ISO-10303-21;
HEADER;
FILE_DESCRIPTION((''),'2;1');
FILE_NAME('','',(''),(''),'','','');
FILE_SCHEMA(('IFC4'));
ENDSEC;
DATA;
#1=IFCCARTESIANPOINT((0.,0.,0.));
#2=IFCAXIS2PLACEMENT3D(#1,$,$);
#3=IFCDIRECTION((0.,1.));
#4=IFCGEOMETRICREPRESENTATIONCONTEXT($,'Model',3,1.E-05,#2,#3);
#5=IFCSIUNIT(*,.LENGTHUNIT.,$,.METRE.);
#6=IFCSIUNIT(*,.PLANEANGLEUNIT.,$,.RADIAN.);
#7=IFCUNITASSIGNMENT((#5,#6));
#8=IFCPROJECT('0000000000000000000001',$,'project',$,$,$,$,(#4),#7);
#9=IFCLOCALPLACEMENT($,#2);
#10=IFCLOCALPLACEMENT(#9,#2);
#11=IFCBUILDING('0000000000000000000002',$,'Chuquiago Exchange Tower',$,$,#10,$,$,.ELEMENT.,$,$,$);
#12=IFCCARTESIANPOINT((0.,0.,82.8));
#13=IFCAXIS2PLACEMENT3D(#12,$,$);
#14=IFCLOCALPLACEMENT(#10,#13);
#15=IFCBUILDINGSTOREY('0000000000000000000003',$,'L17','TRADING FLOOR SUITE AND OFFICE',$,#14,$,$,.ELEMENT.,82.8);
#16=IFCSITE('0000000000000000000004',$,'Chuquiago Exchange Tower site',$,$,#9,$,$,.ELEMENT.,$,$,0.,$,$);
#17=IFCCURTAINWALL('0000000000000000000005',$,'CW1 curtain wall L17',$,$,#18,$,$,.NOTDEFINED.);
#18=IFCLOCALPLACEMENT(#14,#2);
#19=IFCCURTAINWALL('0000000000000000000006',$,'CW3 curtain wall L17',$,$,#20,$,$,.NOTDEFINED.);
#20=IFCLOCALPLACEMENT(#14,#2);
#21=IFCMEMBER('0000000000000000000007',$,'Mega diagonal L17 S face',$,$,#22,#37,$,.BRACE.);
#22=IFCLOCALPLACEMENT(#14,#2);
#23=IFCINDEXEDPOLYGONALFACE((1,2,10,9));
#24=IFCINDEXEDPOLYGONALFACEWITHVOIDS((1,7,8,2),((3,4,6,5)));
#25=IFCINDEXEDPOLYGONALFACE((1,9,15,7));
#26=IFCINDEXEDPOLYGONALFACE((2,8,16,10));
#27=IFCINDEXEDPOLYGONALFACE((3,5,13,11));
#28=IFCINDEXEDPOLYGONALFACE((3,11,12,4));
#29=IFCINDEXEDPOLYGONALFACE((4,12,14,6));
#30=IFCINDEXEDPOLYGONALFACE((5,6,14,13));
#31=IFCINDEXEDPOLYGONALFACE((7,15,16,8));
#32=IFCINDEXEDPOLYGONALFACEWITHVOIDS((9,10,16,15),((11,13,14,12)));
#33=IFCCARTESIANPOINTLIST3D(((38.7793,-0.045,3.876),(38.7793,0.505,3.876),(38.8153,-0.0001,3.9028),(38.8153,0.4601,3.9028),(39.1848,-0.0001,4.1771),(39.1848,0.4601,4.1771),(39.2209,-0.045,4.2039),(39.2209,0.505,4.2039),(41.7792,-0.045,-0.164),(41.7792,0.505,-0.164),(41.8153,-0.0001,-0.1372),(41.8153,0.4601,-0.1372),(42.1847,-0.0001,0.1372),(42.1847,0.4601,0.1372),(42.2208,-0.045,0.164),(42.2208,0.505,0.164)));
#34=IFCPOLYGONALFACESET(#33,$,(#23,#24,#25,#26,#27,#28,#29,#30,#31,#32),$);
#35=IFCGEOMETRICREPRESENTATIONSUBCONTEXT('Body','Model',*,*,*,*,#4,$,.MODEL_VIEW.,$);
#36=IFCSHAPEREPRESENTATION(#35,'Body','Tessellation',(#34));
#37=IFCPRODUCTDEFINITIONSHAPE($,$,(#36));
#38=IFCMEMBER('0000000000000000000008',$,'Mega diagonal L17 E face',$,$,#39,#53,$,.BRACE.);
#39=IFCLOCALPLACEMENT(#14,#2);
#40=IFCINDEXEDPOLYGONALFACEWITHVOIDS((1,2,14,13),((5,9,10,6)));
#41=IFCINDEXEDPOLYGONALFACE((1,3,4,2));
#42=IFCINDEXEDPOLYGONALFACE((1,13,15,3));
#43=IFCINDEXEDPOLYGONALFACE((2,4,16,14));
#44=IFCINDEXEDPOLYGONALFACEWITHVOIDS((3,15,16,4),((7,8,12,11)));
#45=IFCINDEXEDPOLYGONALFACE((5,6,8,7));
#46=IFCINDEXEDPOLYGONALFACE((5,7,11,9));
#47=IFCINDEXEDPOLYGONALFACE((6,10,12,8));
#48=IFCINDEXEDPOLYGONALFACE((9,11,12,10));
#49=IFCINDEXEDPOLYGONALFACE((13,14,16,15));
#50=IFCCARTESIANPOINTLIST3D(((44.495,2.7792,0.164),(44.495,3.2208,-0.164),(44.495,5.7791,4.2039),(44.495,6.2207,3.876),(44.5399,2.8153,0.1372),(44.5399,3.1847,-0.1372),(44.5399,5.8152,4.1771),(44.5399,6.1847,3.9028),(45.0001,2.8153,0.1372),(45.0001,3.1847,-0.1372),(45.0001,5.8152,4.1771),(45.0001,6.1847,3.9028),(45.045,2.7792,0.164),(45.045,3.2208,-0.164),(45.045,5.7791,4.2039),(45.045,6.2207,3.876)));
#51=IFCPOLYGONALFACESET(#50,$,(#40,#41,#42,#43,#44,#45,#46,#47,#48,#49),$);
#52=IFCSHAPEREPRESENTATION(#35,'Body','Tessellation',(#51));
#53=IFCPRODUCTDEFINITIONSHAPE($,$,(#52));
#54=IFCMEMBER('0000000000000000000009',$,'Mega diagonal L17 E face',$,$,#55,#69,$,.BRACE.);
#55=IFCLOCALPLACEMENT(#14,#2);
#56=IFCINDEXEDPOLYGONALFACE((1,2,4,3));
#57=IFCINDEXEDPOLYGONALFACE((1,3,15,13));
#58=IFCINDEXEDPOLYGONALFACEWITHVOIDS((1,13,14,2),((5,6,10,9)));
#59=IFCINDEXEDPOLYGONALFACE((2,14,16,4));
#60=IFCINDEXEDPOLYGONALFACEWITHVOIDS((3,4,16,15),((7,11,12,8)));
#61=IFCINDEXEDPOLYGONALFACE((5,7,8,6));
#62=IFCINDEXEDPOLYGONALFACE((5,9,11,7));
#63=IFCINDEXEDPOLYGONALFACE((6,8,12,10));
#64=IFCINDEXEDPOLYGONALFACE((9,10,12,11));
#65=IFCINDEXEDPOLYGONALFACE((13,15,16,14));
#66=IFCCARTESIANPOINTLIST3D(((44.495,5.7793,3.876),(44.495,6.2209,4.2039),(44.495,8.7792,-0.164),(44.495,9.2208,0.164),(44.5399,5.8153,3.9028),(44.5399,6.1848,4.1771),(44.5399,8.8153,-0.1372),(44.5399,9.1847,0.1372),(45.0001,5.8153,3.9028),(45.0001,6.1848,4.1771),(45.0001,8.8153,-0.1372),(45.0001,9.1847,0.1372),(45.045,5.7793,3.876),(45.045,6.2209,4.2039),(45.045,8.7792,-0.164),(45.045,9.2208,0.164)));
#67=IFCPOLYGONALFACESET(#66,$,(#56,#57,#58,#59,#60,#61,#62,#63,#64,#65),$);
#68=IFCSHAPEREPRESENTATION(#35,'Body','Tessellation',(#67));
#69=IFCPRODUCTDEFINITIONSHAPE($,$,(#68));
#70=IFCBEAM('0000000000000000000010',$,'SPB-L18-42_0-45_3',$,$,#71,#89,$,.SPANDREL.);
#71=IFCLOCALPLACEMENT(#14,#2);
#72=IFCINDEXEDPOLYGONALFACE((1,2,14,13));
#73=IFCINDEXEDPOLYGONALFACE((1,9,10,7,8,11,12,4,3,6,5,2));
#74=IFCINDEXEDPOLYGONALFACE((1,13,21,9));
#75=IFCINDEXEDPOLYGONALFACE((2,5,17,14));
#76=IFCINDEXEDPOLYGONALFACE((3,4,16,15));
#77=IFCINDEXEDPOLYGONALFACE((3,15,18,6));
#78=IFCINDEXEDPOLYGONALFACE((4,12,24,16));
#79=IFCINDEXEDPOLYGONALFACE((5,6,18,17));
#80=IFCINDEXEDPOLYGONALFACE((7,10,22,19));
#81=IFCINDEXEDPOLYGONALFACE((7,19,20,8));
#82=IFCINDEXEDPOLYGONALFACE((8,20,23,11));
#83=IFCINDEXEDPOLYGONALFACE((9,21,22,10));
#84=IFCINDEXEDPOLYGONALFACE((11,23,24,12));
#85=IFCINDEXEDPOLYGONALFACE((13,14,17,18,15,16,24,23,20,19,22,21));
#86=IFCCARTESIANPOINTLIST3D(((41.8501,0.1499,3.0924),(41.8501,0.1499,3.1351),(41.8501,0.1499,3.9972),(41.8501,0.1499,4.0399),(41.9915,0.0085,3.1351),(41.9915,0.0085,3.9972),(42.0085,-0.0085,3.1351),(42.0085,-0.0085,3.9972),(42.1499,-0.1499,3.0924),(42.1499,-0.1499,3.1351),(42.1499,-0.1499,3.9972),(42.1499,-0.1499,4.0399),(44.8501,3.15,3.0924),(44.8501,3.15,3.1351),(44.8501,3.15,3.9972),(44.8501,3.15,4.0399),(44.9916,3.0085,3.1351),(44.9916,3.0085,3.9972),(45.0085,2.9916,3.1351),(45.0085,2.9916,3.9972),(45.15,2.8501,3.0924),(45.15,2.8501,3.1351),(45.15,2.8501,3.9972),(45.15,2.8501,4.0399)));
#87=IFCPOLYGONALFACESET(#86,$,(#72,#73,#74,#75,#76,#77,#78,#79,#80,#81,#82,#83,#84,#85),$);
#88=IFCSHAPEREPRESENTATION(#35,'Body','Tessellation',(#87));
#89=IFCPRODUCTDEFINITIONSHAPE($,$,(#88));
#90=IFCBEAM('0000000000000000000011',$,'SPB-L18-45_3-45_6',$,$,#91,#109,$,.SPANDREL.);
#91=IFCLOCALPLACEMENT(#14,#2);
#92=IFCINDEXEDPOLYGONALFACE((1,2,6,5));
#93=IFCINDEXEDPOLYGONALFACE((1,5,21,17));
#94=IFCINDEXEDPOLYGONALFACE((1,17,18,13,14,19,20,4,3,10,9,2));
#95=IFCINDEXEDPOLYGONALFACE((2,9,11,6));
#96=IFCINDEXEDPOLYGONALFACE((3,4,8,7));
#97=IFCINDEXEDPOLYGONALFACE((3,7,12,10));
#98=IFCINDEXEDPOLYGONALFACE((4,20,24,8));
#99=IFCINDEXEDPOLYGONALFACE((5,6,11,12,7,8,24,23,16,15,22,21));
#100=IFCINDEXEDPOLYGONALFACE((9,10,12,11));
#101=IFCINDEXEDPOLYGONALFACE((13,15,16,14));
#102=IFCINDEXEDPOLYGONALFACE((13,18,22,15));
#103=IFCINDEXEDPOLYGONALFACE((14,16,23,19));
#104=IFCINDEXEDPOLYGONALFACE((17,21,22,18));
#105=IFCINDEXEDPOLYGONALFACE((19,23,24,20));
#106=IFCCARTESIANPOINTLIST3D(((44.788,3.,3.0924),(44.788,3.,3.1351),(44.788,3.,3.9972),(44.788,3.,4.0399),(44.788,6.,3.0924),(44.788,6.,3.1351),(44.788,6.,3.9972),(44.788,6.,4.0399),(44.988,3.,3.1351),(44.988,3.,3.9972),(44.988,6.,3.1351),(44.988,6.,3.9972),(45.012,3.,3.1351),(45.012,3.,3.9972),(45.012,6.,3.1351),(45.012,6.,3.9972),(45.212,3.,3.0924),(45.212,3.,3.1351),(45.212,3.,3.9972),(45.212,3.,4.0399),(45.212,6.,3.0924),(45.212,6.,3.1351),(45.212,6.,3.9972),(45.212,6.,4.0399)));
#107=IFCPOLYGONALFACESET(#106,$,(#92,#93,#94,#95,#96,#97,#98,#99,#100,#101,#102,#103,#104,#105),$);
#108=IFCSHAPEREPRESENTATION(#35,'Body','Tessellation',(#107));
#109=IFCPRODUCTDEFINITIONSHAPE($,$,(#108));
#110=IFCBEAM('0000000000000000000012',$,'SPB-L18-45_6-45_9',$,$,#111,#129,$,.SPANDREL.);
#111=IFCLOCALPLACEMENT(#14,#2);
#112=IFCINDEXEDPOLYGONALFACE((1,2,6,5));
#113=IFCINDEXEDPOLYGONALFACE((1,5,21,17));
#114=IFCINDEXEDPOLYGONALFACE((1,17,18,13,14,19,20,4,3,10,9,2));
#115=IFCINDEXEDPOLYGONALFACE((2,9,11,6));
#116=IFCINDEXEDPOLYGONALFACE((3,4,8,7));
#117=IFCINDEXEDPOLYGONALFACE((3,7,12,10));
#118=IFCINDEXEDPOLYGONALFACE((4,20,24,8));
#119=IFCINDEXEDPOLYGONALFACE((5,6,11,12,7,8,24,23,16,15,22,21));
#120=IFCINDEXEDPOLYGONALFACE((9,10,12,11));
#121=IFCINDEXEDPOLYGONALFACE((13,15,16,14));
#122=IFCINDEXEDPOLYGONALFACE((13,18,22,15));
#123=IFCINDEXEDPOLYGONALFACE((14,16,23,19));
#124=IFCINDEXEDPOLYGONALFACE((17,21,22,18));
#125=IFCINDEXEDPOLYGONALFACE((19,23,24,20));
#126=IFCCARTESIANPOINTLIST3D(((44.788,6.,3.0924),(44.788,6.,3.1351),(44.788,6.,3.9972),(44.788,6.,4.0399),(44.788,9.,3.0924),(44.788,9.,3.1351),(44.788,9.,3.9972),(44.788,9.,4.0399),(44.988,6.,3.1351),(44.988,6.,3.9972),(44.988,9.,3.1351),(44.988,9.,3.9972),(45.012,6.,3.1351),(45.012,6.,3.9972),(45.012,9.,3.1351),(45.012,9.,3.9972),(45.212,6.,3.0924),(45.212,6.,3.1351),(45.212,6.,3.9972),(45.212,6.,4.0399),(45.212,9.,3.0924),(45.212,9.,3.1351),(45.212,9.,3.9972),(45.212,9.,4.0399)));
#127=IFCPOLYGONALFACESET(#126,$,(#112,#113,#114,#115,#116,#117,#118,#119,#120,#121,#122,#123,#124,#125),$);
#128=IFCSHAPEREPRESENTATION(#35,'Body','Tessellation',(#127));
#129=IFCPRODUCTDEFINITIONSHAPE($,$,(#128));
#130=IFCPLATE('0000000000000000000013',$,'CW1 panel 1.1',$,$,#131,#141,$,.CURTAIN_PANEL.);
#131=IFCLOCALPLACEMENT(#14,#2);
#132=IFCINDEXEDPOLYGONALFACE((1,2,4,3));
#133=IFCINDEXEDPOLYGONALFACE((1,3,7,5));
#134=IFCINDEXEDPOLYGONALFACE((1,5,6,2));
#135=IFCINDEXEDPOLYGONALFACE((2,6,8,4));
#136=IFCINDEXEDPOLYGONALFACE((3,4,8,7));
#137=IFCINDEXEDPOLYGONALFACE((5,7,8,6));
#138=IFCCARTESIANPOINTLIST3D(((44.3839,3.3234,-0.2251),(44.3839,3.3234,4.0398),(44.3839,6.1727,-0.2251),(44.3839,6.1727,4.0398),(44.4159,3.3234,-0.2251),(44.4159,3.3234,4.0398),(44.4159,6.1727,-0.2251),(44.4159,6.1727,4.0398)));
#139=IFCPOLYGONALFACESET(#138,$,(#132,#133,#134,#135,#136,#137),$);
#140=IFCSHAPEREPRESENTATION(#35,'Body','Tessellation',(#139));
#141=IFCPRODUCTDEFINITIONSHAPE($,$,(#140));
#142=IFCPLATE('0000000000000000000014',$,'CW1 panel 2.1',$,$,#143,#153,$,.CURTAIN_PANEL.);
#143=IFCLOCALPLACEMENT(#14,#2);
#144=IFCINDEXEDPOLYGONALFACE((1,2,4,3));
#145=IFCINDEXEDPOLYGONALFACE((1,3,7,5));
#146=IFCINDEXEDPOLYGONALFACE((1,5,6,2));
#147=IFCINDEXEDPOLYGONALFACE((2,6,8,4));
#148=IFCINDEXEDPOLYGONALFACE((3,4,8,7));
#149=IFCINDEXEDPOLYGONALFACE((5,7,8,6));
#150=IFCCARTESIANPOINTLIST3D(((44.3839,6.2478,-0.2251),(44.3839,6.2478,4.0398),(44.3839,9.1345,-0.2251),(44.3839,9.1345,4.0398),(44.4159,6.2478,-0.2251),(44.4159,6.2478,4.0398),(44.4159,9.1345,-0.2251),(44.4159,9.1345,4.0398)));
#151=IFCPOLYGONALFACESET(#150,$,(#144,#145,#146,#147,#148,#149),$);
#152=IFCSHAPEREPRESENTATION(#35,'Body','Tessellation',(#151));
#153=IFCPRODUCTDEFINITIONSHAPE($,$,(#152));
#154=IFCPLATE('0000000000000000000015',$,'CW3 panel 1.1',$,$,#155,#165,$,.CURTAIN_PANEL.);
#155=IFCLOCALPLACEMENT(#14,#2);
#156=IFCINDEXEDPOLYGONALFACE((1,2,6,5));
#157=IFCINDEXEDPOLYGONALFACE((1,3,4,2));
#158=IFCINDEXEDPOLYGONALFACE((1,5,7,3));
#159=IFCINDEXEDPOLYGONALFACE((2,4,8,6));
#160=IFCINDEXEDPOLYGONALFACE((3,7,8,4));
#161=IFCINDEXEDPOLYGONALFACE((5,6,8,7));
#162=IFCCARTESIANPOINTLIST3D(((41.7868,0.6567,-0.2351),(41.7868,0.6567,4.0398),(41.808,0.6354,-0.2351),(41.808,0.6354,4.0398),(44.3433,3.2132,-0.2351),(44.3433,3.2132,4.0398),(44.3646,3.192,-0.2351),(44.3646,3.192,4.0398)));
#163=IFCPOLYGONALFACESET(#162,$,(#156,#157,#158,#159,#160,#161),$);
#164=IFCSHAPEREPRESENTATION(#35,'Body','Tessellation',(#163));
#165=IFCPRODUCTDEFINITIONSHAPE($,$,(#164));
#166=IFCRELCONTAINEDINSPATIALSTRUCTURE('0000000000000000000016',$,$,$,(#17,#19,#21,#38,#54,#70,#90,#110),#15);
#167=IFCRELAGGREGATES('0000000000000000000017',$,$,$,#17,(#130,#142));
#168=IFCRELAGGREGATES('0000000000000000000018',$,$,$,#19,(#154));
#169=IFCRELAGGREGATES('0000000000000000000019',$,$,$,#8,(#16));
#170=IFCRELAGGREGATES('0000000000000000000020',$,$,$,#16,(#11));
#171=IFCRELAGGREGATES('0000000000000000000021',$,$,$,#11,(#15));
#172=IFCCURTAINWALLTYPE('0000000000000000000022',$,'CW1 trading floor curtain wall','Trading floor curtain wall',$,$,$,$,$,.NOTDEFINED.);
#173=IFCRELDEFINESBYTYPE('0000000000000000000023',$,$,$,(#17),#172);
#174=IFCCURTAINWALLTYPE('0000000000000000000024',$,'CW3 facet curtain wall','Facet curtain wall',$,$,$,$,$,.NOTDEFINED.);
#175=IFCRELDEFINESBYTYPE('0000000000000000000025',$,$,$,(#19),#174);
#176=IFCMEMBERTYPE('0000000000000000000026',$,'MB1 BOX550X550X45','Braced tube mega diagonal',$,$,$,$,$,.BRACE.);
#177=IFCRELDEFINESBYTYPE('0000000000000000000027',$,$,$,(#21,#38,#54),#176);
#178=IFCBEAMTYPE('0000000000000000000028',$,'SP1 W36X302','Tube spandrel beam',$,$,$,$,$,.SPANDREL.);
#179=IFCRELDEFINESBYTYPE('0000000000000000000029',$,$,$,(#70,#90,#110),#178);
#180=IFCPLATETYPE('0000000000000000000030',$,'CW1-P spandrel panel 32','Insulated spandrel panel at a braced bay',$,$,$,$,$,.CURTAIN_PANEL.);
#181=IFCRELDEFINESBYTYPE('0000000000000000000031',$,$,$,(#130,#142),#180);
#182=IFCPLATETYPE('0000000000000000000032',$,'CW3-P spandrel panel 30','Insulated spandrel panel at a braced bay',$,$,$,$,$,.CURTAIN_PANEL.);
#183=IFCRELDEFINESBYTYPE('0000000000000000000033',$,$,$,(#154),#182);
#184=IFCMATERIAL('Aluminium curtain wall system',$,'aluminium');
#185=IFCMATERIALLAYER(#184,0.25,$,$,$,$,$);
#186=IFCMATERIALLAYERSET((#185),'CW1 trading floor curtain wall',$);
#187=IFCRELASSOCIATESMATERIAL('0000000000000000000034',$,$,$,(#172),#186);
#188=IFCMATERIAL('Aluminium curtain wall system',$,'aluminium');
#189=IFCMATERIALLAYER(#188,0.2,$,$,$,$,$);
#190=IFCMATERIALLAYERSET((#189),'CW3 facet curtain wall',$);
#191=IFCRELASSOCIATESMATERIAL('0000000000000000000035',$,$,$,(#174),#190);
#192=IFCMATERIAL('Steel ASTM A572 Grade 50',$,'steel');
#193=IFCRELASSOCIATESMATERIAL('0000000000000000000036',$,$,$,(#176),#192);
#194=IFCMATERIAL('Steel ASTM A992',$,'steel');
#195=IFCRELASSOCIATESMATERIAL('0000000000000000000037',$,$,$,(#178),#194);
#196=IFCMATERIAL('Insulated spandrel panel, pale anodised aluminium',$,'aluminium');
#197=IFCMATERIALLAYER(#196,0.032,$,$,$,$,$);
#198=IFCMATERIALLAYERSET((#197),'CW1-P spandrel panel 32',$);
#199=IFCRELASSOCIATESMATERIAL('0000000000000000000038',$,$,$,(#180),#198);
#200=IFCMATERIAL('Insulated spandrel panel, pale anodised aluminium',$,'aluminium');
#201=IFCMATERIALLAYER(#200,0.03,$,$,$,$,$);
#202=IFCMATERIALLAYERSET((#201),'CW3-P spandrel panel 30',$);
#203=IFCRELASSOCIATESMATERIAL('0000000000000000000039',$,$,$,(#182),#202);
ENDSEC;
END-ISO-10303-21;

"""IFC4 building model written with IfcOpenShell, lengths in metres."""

from ifc_helpers import new_model, si_unit, direction, frame, origin, origin_2d, place, context, subcontext, project, spatial, rectangle, hollow_rectangle, i_section, extrude, material, layer, layer_set, material_profile, profile_set, type_object, element, aggregate, save


model = new_model("IFC4")

# Units and contexts
model_context = context("Model", 3, precision=1e-05, world=origin(), true_north=direction((0.0, 1.0)))
body_context = subcontext(model_context, "Body", "Model", "MODEL_VIEW")
ifc_project = project(units=[si_unit("LENGTHUNIT", "METRE"), si_unit("PLANEANGLEUNIT", "RADIAN")], contexts=[model_context])

# Site, building, storey
site_placement = place(None, origin())
site = spatial("IfcSite", under=ifc_project, at=site_placement, Name="Chuquiago Exchange Tower site", CompositionType="ELEMENT", RefElevation=0.0)
building_placement = place(site_placement, origin())
building = spatial("IfcBuilding", under=site, at=building_placement, Name="Chuquiago Exchange Tower", CompositionType="ELEMENT")
storey_placement = place(building_placement, frame((0.0, 0.0, 82.8)))
storey = spatial("IfcBuildingStorey", under=building, at=storey_placement, Name="L17", Description="TRADING FLOOR SUITE AND OFFICE", CompositionType="ELEMENT", Elevation=82.8)

# Curtain walls
ifc_material_1 = material(Name="Aluminium curtain wall system", Category="aluminium")
ifc_layer_1 = layer(ifc_material_1, 0.25)
ifc_layer_set_1 = layer_set([ifc_layer_1], Name="CW1 trading floor curtain wall")
curtain_wall_type_1 = type_object("IfcCurtainWallType", Name="CW1 trading floor curtain wall", Description="Trading floor curtain wall", PredefinedType="NOTDEFINED", material=ifc_layer_set_1)
curtain_wall_1_placement = place(storey_placement, origin())
curtain_wall_1 = element("IfcCurtainWall", 1, at=curtain_wall_1_placement, inside=storey, type_object=curtain_wall_type_1, Name="CW1 curtain wall L17", PredefinedType="NOTDEFINED")
ifc_material_2 = material(Name="Aluminium curtain wall system", Category="aluminium")
ifc_layer_2 = layer(ifc_material_2, 0.2)
ifc_layer_set_2 = layer_set([ifc_layer_2], Name="CW3 facet curtain wall")
curtain_wall_type_2 = type_object("IfcCurtainWallType", Name="CW3 facet curtain wall", Description="Facet curtain wall", PredefinedType="NOTDEFINED", material=ifc_layer_set_2)
curtain_wall_2_placement = place(storey_placement, origin())
curtain_wall_2 = element("IfcCurtainWall", 2, at=curtain_wall_2_placement, inside=storey, type_object=curtain_wall_type_2, Name="CW3 curtain wall L17", PredefinedType="NOTDEFINED")

# Members
ifc_material_3 = material(Name="Steel ASTM A572 Grade 50", Category="steel")
ifc_material_profile_1 = material_profile(ifc_material_3, hollow_rectangle(XDim=0.55, YDim=0.55, WallThickness=0.0449, at=origin_2d()), Name="BOX550X550X45")
ifc_profile_set_1 = profile_set([ifc_material_profile_1], Name="Steel ASTM A572 Grade 50")
member_type_1 = type_object("IfcMemberType", Name="MB1 BOX550X550X45", Description="Braced tube mega diagonal", PredefinedType="BRACE", material=ifc_profile_set_1)
for number, where, z_axis, x_axis, name in (
    (3, (42.0, 0.23, 0.0), (-0.596174, 0.0, 0.802855), (0.0, -1.0, 0.0), "Mega diagonal L17 S face"),
    (4, (44.77, 3.0, 0.0), (0.0, 0.596174, 0.802855), (-1.0, 0.0, 0.0), "Mega diagonal L17 E face"),
    (5, (44.77, 9.0, 0.0), (0.0, -0.596174, 0.802855), (1.0, 0.0, 0.0), "Mega diagonal L17 E face"),
):
    element("IfcMember", number, at=place(storey_placement, frame(where, z_axis=z_axis, x_axis=x_axis)), inside=storey, type_object=member_type_1, Name=name, PredefinedType="BRACE", context=body_context, shape_type="SweptSolid", body=[
        extrude(hollow_rectangle(XDim=0.55, YDim=0.55, WallThickness=0.0449, at=origin_2d()), origin(), (0.0, 0.0, 1.0), 5.032),
    ])

# Beams
ifc_material_4 = material(Name="Steel ASTM A992", Category="steel")
ifc_material_profile_2 = material_profile(ifc_material_4, i_section(OverallWidth=0.4241, OverallDepth=0.9475, WebThickness=0.0239, FlangeThickness=0.0427, at=origin_2d()), Name="W36X302")
ifc_profile_set_2 = profile_set([ifc_material_profile_2], Name="Steel ASTM A992")
beam_type = type_object("IfcBeamType", Name="SP1 W36X302", Description="Tube spandrel beam", PredefinedType="SPANDREL", material=ifc_profile_set_2)
beam_placement = place(storey_placement, frame((42.0, 0.0, 3.5662), z_axis=(0.707107, 0.707107, 0.0), x_axis=(-0.707107, 0.707107, 0.0)))
element("IfcBeam", 6, at=beam_placement, inside=storey, type_object=beam_type, Name="SPB-L18-42_0-45_3", PredefinedType="SPANDREL", context=body_context, shape_type="SweptSolid", body=[
    extrude(i_section(OverallWidth=0.4241, OverallDepth=0.9475, WebThickness=0.0239, FlangeThickness=0.0427, at=origin_2d()), origin(), (0.0, 0.0, 1.0), 4.2427),
])
for number, where, z_axis, x_axis, name in (
    (7, (45.0, 3.0, 3.5662), (0.0, 1.0, 0.0), (-1.0, 0.0, 0.0), "SPB-L18-45_3-45_6"),
    (8, (45.0, 6.0, 3.5662), (0.0, 1.0, 0.0), (-1.0, 0.0, 0.0), "SPB-L18-45_6-45_9"),
):
    element("IfcBeam", number, at=place(storey_placement, frame(where, z_axis=z_axis, x_axis=x_axis)), inside=storey, type_object=beam_type, Name=name, PredefinedType="SPANDREL", context=body_context, shape_type="SweptSolid", body=[
        extrude(i_section(OverallWidth=0.4241, OverallDepth=0.9475, WebThickness=0.0239, FlangeThickness=0.0427, at=origin_2d()), origin(), (0.0, 0.0, 1.0), 3.0),
    ])

# Plates
ifc_material_5 = material(Name="Insulated spandrel panel, pale anodised aluminium", Category="aluminium")
ifc_layer_3 = layer(ifc_material_5, 0.032)
ifc_layer_set_3 = layer_set([ifc_layer_3], Name="CW1-P spandrel panel 32")
plate_type_1 = type_object("IfcPlateType", Name="CW1-P spandrel panel 32", Description="Insulated spandrel panel at a braced bay", PredefinedType="CURTAIN_PANEL", material=ifc_layer_set_3)
plate_1_placement = place(storey_placement, frame((44.3999, 4.748, -0.2251), z_axis=(0.0, 0.0, 1.0), x_axis=(0.0, 1.0, 0.0)))
plate_1 = element("IfcPlate", 9, at=plate_1_placement, type_object=plate_type_1, Name="CW1 panel 1.1", PredefinedType="CURTAIN_PANEL", context=body_context, shape_type="SweptSolid", body=[
    extrude(rectangle(XDim=2.8494, YDim=0.032, at=origin_2d()), origin(), (0.0, 0.0, 1.0), 4.2649),
])
plate_2_placement = place(storey_placement, frame((44.3999, 7.6912, -0.2251), z_axis=(0.0, 0.0, 1.0), x_axis=(0.0, 1.0, 0.0)))
plate_2 = element("IfcPlate", 10, at=plate_2_placement, type_object=plate_type_1, Name="CW1 panel 2.1", PredefinedType="CURTAIN_PANEL", context=body_context, shape_type="SweptSolid", body=[
    extrude(rectangle(XDim=2.8867, YDim=0.032, at=origin_2d()), origin(), (0.0, 0.0, 1.0), 4.2649),
])
aggregate(curtain_wall_1, [plate_1, plate_2])
ifc_material_6 = material(Name="Insulated spandrel panel, pale anodised aluminium", Category="aluminium")
ifc_layer_4 = layer(ifc_material_6, 0.03)
ifc_layer_set_4 = layer_set([ifc_layer_4], Name="CW3-P spandrel panel 30")
plate_type_2 = type_object("IfcPlateType", Name="CW3-P spandrel panel 30", Description="Insulated spandrel panel at a braced bay", PredefinedType="CURTAIN_PANEL", material=ifc_layer_set_4)
plate_3_placement = place(storey_placement, frame((43.0757, 1.9243, -0.2351), z_axis=(0.0, 0.0, 1.0), x_axis=(0.707107, 0.707107, 0.0)))
plate_3 = element("IfcPlate", 11, at=plate_3_placement, type_object=plate_type_2, Name="CW3 panel 1.1", PredefinedType="CURTAIN_PANEL", context=body_context, shape_type="SweptSolid", body=[
    extrude(rectangle(XDim=3.6155, YDim=0.03, at=origin_2d()), origin(), (0.0, 0.0, 1.0), 4.2749),
])
aggregate(curtain_wall_2, [plate_3])

save(model, "model.ifc")
